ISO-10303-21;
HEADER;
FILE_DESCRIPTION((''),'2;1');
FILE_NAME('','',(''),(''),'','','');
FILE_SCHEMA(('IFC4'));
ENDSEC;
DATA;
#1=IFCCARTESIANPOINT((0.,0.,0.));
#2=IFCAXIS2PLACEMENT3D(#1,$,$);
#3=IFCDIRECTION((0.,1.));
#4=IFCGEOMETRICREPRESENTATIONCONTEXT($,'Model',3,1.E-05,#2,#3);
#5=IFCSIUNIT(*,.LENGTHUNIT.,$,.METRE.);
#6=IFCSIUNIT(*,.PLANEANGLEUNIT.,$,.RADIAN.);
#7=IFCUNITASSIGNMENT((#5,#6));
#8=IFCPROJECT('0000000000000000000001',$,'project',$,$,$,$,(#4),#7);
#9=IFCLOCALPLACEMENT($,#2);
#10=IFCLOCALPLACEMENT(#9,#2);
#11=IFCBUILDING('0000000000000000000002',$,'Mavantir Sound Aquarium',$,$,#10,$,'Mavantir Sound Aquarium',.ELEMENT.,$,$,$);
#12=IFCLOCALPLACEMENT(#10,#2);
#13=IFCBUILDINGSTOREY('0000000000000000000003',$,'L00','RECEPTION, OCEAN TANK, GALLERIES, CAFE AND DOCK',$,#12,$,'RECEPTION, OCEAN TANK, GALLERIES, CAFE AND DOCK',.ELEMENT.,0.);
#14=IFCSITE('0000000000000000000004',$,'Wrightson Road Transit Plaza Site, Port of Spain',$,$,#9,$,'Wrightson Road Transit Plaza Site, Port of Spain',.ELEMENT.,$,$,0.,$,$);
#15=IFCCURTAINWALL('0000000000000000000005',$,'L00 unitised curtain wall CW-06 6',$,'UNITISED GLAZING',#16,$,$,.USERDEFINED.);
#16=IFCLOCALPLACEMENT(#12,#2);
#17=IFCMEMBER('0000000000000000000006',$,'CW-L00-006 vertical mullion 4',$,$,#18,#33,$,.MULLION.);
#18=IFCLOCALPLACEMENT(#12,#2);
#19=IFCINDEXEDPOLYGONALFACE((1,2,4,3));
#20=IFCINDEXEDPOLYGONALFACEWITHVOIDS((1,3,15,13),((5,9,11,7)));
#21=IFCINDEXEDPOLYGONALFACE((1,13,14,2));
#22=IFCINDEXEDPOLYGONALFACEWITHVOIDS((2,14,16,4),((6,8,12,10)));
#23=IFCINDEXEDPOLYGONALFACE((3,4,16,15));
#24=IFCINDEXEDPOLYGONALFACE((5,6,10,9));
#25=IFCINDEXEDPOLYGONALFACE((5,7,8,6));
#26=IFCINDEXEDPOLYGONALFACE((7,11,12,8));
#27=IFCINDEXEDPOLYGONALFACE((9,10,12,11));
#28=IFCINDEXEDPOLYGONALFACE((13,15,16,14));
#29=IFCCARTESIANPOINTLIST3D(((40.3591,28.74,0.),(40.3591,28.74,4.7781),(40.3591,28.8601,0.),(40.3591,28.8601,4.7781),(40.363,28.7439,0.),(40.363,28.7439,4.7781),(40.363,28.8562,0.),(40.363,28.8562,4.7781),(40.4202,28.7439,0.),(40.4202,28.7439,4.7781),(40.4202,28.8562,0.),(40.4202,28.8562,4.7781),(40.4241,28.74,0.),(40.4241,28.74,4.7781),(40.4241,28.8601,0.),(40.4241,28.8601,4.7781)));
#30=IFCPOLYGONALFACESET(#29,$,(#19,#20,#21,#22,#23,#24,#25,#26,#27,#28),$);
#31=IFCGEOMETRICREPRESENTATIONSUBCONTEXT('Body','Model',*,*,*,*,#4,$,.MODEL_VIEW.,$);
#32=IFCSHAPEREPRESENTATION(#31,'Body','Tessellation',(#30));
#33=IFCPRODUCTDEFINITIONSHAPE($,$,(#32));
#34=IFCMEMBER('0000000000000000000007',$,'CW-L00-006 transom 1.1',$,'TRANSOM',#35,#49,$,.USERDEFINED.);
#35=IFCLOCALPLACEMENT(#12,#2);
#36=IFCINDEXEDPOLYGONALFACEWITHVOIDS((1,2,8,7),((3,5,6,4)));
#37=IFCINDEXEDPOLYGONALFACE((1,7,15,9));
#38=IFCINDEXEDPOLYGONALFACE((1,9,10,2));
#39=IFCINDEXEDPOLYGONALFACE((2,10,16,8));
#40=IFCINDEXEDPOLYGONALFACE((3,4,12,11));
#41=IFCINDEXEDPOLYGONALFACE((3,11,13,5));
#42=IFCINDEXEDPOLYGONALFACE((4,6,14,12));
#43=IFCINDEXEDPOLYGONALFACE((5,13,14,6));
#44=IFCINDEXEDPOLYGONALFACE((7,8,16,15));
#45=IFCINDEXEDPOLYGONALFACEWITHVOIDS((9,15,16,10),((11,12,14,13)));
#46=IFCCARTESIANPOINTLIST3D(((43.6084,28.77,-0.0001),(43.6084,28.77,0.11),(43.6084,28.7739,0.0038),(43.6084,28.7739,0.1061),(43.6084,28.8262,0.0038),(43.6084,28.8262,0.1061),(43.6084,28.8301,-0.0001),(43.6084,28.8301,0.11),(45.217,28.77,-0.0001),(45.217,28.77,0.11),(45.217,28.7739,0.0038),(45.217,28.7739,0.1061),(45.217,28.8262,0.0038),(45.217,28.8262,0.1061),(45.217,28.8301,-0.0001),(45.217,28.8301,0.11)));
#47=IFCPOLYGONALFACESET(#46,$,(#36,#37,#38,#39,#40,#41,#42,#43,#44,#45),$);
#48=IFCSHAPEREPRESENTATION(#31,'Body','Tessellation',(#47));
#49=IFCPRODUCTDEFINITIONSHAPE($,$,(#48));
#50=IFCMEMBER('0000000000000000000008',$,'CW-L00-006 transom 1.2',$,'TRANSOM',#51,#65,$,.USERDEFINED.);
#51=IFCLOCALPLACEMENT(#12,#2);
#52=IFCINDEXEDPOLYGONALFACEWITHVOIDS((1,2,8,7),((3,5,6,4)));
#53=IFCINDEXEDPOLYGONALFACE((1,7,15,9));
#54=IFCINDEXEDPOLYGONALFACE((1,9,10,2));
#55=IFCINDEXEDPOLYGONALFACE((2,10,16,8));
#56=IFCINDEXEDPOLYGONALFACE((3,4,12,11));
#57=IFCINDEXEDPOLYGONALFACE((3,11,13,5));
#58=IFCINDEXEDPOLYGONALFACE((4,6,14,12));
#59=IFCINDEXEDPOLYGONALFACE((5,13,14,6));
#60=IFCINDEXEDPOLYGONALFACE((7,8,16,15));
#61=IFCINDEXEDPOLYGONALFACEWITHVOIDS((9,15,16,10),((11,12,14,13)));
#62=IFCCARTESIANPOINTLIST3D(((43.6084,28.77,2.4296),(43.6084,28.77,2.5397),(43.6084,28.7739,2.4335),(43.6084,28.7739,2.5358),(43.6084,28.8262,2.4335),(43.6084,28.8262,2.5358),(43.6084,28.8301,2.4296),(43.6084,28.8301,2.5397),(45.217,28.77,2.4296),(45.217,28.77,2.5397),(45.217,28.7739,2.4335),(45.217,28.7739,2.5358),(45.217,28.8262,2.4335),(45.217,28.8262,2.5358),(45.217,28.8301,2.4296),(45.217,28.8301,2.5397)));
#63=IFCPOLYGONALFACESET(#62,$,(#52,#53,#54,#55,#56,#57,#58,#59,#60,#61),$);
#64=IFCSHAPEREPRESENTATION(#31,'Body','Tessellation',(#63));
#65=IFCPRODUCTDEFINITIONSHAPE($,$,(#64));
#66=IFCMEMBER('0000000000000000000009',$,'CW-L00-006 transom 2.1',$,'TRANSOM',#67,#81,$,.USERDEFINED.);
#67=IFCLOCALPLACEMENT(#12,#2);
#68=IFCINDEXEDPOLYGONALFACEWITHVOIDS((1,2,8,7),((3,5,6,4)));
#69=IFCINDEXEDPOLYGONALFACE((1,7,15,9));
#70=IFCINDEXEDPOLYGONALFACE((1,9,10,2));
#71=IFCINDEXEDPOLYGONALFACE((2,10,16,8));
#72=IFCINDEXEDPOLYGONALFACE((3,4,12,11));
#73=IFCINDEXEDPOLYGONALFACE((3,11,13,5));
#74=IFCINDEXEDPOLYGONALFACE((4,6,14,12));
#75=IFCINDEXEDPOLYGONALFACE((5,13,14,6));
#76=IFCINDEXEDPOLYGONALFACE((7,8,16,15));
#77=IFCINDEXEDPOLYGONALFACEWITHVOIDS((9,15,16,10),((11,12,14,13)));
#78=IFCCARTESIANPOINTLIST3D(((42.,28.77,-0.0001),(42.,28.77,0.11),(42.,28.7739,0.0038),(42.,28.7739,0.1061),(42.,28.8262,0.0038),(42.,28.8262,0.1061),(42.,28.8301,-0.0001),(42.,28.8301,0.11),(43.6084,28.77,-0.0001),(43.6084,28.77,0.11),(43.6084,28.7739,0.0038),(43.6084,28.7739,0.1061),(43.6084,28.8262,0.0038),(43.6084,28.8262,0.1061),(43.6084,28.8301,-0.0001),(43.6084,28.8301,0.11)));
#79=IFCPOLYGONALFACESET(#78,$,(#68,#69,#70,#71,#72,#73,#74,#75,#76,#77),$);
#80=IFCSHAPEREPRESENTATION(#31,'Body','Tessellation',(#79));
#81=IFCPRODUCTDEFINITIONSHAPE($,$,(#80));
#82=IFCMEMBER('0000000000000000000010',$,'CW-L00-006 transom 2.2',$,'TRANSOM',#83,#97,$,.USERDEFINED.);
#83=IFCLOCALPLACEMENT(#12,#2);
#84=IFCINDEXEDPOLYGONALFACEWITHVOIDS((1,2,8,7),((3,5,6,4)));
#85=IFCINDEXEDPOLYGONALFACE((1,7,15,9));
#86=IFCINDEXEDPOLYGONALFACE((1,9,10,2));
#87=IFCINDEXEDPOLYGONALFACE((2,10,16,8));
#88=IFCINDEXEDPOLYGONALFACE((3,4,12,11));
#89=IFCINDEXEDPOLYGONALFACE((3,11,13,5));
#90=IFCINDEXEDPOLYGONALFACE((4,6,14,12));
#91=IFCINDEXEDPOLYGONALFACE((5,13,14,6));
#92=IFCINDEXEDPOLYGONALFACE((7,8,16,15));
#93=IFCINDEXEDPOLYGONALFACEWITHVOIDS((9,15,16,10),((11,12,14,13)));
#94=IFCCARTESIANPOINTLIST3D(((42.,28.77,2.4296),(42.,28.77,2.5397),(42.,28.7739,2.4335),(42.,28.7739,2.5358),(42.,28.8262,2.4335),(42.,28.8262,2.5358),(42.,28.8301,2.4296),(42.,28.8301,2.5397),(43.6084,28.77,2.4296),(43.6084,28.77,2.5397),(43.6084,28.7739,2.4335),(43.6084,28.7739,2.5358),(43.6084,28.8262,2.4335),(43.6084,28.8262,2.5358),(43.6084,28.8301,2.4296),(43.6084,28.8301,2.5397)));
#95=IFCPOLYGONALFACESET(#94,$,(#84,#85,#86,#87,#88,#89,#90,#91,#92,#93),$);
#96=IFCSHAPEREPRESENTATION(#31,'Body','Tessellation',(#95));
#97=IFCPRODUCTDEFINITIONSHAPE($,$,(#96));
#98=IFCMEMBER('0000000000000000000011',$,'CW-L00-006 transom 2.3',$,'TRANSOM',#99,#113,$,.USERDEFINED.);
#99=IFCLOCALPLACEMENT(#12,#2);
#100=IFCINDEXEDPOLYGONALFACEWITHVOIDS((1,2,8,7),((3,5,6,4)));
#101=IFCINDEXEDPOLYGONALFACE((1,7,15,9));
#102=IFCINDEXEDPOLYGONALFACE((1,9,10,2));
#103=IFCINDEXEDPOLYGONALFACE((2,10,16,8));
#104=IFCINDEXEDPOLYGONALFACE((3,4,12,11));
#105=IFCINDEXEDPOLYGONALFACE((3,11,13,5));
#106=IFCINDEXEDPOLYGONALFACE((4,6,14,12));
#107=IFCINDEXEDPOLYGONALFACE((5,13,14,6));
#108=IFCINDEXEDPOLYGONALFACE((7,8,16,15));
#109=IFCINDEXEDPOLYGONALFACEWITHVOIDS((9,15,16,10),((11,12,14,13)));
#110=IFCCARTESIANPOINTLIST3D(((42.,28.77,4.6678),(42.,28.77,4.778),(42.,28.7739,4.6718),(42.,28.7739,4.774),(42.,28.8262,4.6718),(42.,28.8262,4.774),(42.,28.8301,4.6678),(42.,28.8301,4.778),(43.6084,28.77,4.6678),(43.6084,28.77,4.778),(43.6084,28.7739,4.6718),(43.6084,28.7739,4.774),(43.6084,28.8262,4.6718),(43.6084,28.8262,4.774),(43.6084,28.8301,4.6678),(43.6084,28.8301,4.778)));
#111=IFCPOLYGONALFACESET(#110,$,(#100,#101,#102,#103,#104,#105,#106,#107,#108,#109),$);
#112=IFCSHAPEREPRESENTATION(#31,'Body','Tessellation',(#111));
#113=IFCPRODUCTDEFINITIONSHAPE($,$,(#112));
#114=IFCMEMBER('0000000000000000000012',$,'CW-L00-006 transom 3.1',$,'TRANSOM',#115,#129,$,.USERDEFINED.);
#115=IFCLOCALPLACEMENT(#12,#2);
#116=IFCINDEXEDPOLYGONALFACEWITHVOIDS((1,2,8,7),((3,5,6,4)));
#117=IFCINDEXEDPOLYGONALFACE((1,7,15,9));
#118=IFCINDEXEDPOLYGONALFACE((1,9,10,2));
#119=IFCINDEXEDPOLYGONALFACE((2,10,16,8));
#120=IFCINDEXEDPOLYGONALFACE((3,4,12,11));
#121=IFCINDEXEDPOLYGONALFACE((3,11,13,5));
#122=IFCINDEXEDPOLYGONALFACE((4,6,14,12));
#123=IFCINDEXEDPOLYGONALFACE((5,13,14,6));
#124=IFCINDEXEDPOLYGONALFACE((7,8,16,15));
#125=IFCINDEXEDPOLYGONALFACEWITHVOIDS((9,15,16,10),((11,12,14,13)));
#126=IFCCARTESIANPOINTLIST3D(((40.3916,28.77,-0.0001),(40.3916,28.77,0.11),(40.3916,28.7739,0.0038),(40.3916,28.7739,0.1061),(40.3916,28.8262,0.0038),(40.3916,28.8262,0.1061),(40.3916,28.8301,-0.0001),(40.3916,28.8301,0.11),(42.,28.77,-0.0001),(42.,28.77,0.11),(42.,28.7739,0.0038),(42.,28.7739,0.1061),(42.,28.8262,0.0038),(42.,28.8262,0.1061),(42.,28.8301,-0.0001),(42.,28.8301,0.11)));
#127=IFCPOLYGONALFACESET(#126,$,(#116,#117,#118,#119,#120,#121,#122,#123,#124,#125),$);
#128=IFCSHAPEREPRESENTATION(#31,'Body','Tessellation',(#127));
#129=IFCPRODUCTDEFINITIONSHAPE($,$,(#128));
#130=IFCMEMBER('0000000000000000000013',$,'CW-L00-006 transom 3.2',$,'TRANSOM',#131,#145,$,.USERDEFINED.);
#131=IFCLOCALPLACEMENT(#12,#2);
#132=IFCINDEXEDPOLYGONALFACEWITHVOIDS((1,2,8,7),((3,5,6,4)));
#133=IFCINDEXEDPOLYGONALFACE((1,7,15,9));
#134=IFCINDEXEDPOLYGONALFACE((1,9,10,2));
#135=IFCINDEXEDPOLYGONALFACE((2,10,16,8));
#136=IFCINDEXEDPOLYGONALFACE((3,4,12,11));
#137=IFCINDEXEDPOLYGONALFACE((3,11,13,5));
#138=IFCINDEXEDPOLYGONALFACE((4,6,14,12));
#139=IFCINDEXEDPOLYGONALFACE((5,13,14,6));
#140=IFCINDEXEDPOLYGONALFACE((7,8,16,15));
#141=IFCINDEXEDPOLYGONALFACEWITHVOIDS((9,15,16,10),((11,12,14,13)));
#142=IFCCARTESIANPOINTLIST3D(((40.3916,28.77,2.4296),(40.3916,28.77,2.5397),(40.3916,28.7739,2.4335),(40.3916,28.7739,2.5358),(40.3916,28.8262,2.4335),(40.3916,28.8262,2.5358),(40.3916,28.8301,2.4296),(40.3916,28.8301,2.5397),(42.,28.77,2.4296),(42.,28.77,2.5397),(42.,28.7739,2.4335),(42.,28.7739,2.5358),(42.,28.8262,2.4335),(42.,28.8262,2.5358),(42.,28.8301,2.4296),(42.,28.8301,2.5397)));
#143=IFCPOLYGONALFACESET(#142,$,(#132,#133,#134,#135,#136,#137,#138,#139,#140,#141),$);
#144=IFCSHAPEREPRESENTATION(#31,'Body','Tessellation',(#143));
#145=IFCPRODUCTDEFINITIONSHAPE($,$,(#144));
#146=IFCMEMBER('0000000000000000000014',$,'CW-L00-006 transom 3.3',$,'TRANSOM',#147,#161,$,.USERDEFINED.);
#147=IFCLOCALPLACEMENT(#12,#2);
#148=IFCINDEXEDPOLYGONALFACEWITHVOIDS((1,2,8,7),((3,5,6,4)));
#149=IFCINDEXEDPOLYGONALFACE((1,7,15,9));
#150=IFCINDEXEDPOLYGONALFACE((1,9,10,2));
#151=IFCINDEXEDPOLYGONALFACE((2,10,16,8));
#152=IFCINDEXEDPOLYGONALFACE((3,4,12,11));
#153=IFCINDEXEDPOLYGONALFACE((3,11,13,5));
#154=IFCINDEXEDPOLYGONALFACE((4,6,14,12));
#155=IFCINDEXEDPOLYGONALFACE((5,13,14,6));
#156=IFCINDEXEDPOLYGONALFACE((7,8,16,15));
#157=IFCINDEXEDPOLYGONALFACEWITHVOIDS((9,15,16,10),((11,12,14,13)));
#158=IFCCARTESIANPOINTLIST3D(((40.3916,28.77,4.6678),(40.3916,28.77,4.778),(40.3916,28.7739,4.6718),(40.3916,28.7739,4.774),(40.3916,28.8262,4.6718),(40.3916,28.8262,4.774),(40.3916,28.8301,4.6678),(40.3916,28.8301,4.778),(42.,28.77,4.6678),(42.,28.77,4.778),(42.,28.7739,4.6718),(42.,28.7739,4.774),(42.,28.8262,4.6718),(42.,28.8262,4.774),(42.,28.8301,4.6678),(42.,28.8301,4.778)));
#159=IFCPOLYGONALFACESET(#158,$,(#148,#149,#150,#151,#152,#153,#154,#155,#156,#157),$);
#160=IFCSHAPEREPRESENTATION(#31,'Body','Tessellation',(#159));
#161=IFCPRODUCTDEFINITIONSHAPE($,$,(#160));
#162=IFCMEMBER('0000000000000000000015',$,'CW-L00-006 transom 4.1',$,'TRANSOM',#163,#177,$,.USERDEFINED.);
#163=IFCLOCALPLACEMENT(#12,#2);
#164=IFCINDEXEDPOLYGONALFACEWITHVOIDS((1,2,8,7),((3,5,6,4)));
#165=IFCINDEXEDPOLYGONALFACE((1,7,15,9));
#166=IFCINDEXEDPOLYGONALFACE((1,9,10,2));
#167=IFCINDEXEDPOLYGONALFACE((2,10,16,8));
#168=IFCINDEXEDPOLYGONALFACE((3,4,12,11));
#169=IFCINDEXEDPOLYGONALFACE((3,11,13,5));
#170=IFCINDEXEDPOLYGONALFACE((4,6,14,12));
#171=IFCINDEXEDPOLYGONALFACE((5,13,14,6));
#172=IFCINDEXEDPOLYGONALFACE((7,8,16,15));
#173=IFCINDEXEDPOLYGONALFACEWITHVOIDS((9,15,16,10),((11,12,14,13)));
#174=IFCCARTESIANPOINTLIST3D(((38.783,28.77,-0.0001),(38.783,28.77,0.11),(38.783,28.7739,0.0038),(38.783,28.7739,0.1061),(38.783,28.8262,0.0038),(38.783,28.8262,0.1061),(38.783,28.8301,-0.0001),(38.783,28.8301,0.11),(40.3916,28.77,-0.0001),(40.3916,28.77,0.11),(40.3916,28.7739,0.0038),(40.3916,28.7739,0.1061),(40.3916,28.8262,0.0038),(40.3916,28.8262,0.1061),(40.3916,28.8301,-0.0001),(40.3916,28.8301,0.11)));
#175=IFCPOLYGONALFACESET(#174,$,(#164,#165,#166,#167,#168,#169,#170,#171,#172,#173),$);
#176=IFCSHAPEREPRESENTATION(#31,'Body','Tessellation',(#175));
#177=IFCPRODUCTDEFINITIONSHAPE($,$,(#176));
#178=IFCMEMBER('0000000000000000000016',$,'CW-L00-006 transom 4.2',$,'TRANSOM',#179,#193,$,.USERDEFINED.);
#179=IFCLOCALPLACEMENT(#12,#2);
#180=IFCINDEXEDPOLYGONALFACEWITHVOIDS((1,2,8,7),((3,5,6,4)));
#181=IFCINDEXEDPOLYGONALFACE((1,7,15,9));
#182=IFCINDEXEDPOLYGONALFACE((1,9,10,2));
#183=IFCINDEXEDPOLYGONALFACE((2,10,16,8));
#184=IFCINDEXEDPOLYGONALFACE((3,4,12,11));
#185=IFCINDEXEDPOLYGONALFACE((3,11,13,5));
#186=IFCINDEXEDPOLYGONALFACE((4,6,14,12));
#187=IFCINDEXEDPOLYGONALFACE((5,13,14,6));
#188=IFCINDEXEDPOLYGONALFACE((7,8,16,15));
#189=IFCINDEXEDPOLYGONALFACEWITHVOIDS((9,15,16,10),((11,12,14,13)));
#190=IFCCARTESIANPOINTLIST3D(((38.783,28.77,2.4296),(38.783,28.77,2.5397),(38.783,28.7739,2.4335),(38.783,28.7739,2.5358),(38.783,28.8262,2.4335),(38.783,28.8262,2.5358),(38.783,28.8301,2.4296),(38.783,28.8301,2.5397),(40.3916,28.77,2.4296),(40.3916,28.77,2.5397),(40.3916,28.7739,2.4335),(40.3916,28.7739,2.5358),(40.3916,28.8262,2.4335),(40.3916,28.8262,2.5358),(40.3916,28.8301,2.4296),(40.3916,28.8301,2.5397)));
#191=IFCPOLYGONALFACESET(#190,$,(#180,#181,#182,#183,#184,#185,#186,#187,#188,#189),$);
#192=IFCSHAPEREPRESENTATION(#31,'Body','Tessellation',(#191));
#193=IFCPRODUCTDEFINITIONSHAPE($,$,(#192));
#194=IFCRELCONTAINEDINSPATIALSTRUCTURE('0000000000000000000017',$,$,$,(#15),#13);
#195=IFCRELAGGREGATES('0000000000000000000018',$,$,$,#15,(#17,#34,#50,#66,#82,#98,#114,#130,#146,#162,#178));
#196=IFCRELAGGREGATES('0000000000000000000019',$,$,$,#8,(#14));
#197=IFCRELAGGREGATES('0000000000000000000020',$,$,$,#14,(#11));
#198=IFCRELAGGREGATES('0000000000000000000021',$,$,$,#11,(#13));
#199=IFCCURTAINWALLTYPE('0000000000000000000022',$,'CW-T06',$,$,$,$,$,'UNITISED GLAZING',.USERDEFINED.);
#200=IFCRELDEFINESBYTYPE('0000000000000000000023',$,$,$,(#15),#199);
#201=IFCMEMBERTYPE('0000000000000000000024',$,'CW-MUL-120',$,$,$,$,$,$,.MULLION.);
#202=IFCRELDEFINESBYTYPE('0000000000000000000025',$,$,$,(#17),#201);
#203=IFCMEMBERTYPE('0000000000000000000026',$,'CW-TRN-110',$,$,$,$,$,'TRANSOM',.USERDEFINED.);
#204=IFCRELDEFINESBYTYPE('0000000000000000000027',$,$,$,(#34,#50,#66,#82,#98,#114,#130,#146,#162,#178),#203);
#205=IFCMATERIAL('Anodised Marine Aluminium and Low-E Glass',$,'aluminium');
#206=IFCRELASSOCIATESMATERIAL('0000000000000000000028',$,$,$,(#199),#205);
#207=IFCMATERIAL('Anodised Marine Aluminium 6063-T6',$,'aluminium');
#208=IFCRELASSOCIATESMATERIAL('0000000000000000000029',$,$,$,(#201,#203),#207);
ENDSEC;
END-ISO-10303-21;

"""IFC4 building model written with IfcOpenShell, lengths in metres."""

from ifc_helpers import new_model, si_unit, direction, frame, origin, origin_2d, place, context, subcontext, project, spatial, hollow_rectangle, extrude, material, material_profile, profile_set, type_object, element, aggregate, save


model = new_model("IFC4")

# Units and contexts
model_context = context("Model", 3, precision=1e-05, world=origin(), true_north=direction((0.0, 1.0)))
body_context = subcontext(model_context, "Body", "Model", "MODEL_VIEW")
ifc_project = project(units=[si_unit("LENGTHUNIT", "METRE"), si_unit("PLANEANGLEUNIT", "RADIAN")], contexts=[model_context])

# Site, building, storey
site_placement = place(None, origin())
site = spatial("IfcSite", under=ifc_project, at=site_placement, Name="Wrightson Road Transit Plaza Site, Port of Spain", LongName="Wrightson Road Transit Plaza Site, Port of Spain", CompositionType="ELEMENT", RefElevation=0.0)
building_placement = place(site_placement, origin())
building = spatial("IfcBuilding", under=site, at=building_placement, Name="Mavantir Sound Aquarium", LongName="Mavantir Sound Aquarium", CompositionType="ELEMENT")
storey_placement = place(building_placement, origin())
storey = spatial("IfcBuildingStorey", under=building, at=storey_placement, Name="L00", Description="RECEPTION, OCEAN TANK, GALLERIES, CAFE AND DOCK", LongName="RECEPTION, OCEAN TANK, GALLERIES, CAFE AND DOCK", CompositionType="ELEMENT", Elevation=0.0)

# Curtain wall, members
ifc_material_1 = material(Name="Anodised Marine Aluminium and Low-E Glass", Category="aluminium")
curtain_wall_type = type_object("IfcCurtainWallType", Name="CW-T06", ElementType="UNITISED GLAZING", PredefinedType="USERDEFINED", material=ifc_material_1)
curtain_wall_placement = place(storey_placement, origin())
curtain_wall = element("IfcCurtainWall", 1, at=curtain_wall_placement, inside=storey, type_object=curtain_wall_type, Name="L00 unitised curtain wall CW-06 6", ObjectType="UNITISED GLAZING", PredefinedType="USERDEFINED")
ifc_material_2 = material(Name="Anodised Marine Aluminium 6063-T6", Category="aluminium")
ifc_material_profile_1 = material_profile(ifc_material_2, hollow_rectangle(XDim=0.0649, YDim=0.1201, WallThickness=0.0039, at=origin_2d()), Name="ALU-MULLION-120X65")
ifc_profile_set_1 = profile_set([ifc_material_profile_1], Name="Anodised Marine Aluminium 6063-T6")
member_type_1 = type_object("IfcMemberType", Name="CW-MUL-120", PredefinedType="MULLION", material=ifc_profile_set_1)
member_1_placement = place(storey_placement, frame((40.3916, 28.8, 0.0), z_axis=(0.0, 0.0, 1.0), x_axis=(1.0, 0.0, 0.0)))
member_1 = element("IfcMember", 2, at=member_1_placement, type_object=member_type_1, Name="CW-L00-006 vertical mullion 4", PredefinedType="MULLION", context=body_context, shape_type="SweptSolid", body=[
    extrude(hollow_rectangle(XDim=0.0649, YDim=0.1201, WallThickness=0.0039, at=origin_2d()), origin(), (0.0, 0.0, 1.0), 4.7781),
])
ifc_material_profile_2 = material_profile(ifc_material_2, hollow_rectangle(XDim=0.0601, YDim=0.1101, WallThickness=0.0039, at=origin_2d()), Name="ALU-TRANSOM-110X60")
ifc_profile_set_2 = profile_set([ifc_material_profile_2], Name="Anodised Marine Aluminium 6063-T6")
member_type_2 = type_object("IfcMemberType", Name="CW-TRN-110", ElementType="TRANSOM", PredefinedType="USERDEFINED", material=ifc_profile_set_2)
member_2_placement = place(storey_placement, frame((45.217, 28.8, 0.0549), z_axis=(-1.0, 0.0, 0.0), x_axis=(0.0, -1.0, 0.0)))
member_2 = element("IfcMember", 3, at=member_2_placement, type_object=member_type_2, Name="CW-L00-006 transom 1.1", ObjectType="TRANSOM", PredefinedType="USERDEFINED", context=body_context, shape_type="SweptSolid", body=[
    extrude(hollow_rectangle(XDim=0.0601, YDim=0.1101, WallThickness=0.0039, at=origin_2d()), origin(), (0.0, 0.0, 1.0), 1.6086),
])
member_3_placement = place(storey_placement, frame((45.217, 28.8, 2.4846), z_axis=(-1.0, 0.0, 0.0), x_axis=(0.0, -1.0, 0.0)))
member_3 = element("IfcMember", 4, at=member_3_placement, type_object=member_type_2, Name="CW-L00-006 transom 1.2", ObjectType="TRANSOM", PredefinedType="USERDEFINED", context=body_context, shape_type="SweptSolid", body=[
    extrude(hollow_rectangle(XDim=0.0601, YDim=0.1101, WallThickness=0.0039, at=origin_2d()), origin(), (0.0, 0.0, 1.0), 1.6086),
])
member_4_placement = place(storey_placement, frame((43.6084, 28.8, 0.0549), z_axis=(-1.0, 0.0, 0.0), x_axis=(0.0, -1.0, 0.0)))
member_4 = element("IfcMember", 5, at=member_4_placement, type_object=member_type_2, Name="CW-L00-006 transom 2.1", ObjectType="TRANSOM", PredefinedType="USERDEFINED", context=body_context, shape_type="SweptSolid", body=[
    extrude(hollow_rectangle(XDim=0.0601, YDim=0.1101, WallThickness=0.0039, at=origin_2d()), origin(), (0.0, 0.0, 1.0), 1.6084),
])
member_5_placement = place(storey_placement, frame((43.6084, 28.8, 2.4846), z_axis=(-1.0, 0.0, 0.0), x_axis=(0.0, -1.0, 0.0)))
member_5 = element("IfcMember", 6, at=member_5_placement, type_object=member_type_2, Name="CW-L00-006 transom 2.2", ObjectType="TRANSOM", PredefinedType="USERDEFINED", context=body_context, shape_type="SweptSolid", body=[
    extrude(hollow_rectangle(XDim=0.0601, YDim=0.1101, WallThickness=0.0039, at=origin_2d()), origin(), (0.0, 0.0, 1.0), 1.6084),
])
member_6_placement = place(storey_placement, frame((43.6084, 28.8, 4.7229), z_axis=(-1.0, 0.0, 0.0), x_axis=(0.0, -1.0, 0.0)))
member_6 = element("IfcMember", 7, at=member_6_placement, type_object=member_type_2, Name="CW-L00-006 transom 2.3", ObjectType="TRANSOM", PredefinedType="USERDEFINED", context=body_context, shape_type="SweptSolid", body=[
    extrude(hollow_rectangle(XDim=0.0601, YDim=0.1101, WallThickness=0.0039, at=origin_2d()), origin(), (0.0, 0.0, 1.0), 1.6084),
])
member_7_placement = place(storey_placement, frame((42.0, 28.8, 0.0549), z_axis=(-1.0, 0.0, 0.0), x_axis=(0.0, -1.0, 0.0)))
member_7 = element("IfcMember", 8, at=member_7_placement, type_object=member_type_2, Name="CW-L00-006 transom 3.1", ObjectType="TRANSOM", PredefinedType="USERDEFINED", context=body_context, shape_type="SweptSolid", body=[
    extrude(hollow_rectangle(XDim=0.0601, YDim=0.1101, WallThickness=0.0039, at=origin_2d()), origin(), (0.0, 0.0, 1.0), 1.6084),
])
member_8_placement = place(storey_placement, frame((42.0, 28.8, 2.4846), z_axis=(-1.0, 0.0, 0.0), x_axis=(0.0, -1.0, 0.0)))
member_8 = element("IfcMember", 9, at=member_8_placement, type_object=member_type_2, Name="CW-L00-006 transom 3.2", ObjectType="TRANSOM", PredefinedType="USERDEFINED", context=body_context, shape_type="SweptSolid", body=[
    extrude(hollow_rectangle(XDim=0.0601, YDim=0.1101, WallThickness=0.0039, at=origin_2d()), origin(), (0.0, 0.0, 1.0), 1.6084),
])
member_9_placement = place(storey_placement, frame((42.0, 28.8, 4.7229), z_axis=(-1.0, 0.0, 0.0), x_axis=(0.0, -1.0, 0.0)))
member_9 = element("IfcMember", 10, at=member_9_placement, type_object=member_type_2, Name="CW-L00-006 transom 3.3", ObjectType="TRANSOM", PredefinedType="USERDEFINED", context=body_context, shape_type="SweptSolid", body=[
    extrude(hollow_rectangle(XDim=0.0601, YDim=0.1101, WallThickness=0.0039, at=origin_2d()), origin(), (0.0, 0.0, 1.0), 1.6084),
])
member_10_placement = place(storey_placement, frame((40.3916, 28.8, 0.0549), z_axis=(-1.0, 0.0, 0.0), x_axis=(0.0, -1.0, 0.0)))
member_10 = element("IfcMember", 11, at=member_10_placement, type_object=member_type_2, Name="CW-L00-006 transom 4.1", ObjectType="TRANSOM", PredefinedType="USERDEFINED", context=body_context, shape_type="SweptSolid", body=[
    extrude(hollow_rectangle(XDim=0.0601, YDim=0.1101, WallThickness=0.0039, at=origin_2d()), origin(), (0.0, 0.0, 1.0), 1.6086),
])
member_11_placement = place(storey_placement, frame((40.3916, 28.8, 2.4846), z_axis=(-1.0, 0.0, 0.0), x_axis=(0.0, -1.0, 0.0)))
member_11 = element("IfcMember", 12, at=member_11_placement, type_object=member_type_2, Name="CW-L00-006 transom 4.2", ObjectType="TRANSOM", PredefinedType="USERDEFINED", context=body_context, shape_type="SweptSolid", body=[
    extrude(hollow_rectangle(XDim=0.0601, YDim=0.1101, WallThickness=0.0039, at=origin_2d()), origin(), (0.0, 0.0, 1.0), 1.6086),
])
aggregate(curtain_wall, [member_1, member_2, member_3, member_4, member_5, member_6, member_7, member_8, member_9, member_10, member_11])

save(model, "model.ifc")
